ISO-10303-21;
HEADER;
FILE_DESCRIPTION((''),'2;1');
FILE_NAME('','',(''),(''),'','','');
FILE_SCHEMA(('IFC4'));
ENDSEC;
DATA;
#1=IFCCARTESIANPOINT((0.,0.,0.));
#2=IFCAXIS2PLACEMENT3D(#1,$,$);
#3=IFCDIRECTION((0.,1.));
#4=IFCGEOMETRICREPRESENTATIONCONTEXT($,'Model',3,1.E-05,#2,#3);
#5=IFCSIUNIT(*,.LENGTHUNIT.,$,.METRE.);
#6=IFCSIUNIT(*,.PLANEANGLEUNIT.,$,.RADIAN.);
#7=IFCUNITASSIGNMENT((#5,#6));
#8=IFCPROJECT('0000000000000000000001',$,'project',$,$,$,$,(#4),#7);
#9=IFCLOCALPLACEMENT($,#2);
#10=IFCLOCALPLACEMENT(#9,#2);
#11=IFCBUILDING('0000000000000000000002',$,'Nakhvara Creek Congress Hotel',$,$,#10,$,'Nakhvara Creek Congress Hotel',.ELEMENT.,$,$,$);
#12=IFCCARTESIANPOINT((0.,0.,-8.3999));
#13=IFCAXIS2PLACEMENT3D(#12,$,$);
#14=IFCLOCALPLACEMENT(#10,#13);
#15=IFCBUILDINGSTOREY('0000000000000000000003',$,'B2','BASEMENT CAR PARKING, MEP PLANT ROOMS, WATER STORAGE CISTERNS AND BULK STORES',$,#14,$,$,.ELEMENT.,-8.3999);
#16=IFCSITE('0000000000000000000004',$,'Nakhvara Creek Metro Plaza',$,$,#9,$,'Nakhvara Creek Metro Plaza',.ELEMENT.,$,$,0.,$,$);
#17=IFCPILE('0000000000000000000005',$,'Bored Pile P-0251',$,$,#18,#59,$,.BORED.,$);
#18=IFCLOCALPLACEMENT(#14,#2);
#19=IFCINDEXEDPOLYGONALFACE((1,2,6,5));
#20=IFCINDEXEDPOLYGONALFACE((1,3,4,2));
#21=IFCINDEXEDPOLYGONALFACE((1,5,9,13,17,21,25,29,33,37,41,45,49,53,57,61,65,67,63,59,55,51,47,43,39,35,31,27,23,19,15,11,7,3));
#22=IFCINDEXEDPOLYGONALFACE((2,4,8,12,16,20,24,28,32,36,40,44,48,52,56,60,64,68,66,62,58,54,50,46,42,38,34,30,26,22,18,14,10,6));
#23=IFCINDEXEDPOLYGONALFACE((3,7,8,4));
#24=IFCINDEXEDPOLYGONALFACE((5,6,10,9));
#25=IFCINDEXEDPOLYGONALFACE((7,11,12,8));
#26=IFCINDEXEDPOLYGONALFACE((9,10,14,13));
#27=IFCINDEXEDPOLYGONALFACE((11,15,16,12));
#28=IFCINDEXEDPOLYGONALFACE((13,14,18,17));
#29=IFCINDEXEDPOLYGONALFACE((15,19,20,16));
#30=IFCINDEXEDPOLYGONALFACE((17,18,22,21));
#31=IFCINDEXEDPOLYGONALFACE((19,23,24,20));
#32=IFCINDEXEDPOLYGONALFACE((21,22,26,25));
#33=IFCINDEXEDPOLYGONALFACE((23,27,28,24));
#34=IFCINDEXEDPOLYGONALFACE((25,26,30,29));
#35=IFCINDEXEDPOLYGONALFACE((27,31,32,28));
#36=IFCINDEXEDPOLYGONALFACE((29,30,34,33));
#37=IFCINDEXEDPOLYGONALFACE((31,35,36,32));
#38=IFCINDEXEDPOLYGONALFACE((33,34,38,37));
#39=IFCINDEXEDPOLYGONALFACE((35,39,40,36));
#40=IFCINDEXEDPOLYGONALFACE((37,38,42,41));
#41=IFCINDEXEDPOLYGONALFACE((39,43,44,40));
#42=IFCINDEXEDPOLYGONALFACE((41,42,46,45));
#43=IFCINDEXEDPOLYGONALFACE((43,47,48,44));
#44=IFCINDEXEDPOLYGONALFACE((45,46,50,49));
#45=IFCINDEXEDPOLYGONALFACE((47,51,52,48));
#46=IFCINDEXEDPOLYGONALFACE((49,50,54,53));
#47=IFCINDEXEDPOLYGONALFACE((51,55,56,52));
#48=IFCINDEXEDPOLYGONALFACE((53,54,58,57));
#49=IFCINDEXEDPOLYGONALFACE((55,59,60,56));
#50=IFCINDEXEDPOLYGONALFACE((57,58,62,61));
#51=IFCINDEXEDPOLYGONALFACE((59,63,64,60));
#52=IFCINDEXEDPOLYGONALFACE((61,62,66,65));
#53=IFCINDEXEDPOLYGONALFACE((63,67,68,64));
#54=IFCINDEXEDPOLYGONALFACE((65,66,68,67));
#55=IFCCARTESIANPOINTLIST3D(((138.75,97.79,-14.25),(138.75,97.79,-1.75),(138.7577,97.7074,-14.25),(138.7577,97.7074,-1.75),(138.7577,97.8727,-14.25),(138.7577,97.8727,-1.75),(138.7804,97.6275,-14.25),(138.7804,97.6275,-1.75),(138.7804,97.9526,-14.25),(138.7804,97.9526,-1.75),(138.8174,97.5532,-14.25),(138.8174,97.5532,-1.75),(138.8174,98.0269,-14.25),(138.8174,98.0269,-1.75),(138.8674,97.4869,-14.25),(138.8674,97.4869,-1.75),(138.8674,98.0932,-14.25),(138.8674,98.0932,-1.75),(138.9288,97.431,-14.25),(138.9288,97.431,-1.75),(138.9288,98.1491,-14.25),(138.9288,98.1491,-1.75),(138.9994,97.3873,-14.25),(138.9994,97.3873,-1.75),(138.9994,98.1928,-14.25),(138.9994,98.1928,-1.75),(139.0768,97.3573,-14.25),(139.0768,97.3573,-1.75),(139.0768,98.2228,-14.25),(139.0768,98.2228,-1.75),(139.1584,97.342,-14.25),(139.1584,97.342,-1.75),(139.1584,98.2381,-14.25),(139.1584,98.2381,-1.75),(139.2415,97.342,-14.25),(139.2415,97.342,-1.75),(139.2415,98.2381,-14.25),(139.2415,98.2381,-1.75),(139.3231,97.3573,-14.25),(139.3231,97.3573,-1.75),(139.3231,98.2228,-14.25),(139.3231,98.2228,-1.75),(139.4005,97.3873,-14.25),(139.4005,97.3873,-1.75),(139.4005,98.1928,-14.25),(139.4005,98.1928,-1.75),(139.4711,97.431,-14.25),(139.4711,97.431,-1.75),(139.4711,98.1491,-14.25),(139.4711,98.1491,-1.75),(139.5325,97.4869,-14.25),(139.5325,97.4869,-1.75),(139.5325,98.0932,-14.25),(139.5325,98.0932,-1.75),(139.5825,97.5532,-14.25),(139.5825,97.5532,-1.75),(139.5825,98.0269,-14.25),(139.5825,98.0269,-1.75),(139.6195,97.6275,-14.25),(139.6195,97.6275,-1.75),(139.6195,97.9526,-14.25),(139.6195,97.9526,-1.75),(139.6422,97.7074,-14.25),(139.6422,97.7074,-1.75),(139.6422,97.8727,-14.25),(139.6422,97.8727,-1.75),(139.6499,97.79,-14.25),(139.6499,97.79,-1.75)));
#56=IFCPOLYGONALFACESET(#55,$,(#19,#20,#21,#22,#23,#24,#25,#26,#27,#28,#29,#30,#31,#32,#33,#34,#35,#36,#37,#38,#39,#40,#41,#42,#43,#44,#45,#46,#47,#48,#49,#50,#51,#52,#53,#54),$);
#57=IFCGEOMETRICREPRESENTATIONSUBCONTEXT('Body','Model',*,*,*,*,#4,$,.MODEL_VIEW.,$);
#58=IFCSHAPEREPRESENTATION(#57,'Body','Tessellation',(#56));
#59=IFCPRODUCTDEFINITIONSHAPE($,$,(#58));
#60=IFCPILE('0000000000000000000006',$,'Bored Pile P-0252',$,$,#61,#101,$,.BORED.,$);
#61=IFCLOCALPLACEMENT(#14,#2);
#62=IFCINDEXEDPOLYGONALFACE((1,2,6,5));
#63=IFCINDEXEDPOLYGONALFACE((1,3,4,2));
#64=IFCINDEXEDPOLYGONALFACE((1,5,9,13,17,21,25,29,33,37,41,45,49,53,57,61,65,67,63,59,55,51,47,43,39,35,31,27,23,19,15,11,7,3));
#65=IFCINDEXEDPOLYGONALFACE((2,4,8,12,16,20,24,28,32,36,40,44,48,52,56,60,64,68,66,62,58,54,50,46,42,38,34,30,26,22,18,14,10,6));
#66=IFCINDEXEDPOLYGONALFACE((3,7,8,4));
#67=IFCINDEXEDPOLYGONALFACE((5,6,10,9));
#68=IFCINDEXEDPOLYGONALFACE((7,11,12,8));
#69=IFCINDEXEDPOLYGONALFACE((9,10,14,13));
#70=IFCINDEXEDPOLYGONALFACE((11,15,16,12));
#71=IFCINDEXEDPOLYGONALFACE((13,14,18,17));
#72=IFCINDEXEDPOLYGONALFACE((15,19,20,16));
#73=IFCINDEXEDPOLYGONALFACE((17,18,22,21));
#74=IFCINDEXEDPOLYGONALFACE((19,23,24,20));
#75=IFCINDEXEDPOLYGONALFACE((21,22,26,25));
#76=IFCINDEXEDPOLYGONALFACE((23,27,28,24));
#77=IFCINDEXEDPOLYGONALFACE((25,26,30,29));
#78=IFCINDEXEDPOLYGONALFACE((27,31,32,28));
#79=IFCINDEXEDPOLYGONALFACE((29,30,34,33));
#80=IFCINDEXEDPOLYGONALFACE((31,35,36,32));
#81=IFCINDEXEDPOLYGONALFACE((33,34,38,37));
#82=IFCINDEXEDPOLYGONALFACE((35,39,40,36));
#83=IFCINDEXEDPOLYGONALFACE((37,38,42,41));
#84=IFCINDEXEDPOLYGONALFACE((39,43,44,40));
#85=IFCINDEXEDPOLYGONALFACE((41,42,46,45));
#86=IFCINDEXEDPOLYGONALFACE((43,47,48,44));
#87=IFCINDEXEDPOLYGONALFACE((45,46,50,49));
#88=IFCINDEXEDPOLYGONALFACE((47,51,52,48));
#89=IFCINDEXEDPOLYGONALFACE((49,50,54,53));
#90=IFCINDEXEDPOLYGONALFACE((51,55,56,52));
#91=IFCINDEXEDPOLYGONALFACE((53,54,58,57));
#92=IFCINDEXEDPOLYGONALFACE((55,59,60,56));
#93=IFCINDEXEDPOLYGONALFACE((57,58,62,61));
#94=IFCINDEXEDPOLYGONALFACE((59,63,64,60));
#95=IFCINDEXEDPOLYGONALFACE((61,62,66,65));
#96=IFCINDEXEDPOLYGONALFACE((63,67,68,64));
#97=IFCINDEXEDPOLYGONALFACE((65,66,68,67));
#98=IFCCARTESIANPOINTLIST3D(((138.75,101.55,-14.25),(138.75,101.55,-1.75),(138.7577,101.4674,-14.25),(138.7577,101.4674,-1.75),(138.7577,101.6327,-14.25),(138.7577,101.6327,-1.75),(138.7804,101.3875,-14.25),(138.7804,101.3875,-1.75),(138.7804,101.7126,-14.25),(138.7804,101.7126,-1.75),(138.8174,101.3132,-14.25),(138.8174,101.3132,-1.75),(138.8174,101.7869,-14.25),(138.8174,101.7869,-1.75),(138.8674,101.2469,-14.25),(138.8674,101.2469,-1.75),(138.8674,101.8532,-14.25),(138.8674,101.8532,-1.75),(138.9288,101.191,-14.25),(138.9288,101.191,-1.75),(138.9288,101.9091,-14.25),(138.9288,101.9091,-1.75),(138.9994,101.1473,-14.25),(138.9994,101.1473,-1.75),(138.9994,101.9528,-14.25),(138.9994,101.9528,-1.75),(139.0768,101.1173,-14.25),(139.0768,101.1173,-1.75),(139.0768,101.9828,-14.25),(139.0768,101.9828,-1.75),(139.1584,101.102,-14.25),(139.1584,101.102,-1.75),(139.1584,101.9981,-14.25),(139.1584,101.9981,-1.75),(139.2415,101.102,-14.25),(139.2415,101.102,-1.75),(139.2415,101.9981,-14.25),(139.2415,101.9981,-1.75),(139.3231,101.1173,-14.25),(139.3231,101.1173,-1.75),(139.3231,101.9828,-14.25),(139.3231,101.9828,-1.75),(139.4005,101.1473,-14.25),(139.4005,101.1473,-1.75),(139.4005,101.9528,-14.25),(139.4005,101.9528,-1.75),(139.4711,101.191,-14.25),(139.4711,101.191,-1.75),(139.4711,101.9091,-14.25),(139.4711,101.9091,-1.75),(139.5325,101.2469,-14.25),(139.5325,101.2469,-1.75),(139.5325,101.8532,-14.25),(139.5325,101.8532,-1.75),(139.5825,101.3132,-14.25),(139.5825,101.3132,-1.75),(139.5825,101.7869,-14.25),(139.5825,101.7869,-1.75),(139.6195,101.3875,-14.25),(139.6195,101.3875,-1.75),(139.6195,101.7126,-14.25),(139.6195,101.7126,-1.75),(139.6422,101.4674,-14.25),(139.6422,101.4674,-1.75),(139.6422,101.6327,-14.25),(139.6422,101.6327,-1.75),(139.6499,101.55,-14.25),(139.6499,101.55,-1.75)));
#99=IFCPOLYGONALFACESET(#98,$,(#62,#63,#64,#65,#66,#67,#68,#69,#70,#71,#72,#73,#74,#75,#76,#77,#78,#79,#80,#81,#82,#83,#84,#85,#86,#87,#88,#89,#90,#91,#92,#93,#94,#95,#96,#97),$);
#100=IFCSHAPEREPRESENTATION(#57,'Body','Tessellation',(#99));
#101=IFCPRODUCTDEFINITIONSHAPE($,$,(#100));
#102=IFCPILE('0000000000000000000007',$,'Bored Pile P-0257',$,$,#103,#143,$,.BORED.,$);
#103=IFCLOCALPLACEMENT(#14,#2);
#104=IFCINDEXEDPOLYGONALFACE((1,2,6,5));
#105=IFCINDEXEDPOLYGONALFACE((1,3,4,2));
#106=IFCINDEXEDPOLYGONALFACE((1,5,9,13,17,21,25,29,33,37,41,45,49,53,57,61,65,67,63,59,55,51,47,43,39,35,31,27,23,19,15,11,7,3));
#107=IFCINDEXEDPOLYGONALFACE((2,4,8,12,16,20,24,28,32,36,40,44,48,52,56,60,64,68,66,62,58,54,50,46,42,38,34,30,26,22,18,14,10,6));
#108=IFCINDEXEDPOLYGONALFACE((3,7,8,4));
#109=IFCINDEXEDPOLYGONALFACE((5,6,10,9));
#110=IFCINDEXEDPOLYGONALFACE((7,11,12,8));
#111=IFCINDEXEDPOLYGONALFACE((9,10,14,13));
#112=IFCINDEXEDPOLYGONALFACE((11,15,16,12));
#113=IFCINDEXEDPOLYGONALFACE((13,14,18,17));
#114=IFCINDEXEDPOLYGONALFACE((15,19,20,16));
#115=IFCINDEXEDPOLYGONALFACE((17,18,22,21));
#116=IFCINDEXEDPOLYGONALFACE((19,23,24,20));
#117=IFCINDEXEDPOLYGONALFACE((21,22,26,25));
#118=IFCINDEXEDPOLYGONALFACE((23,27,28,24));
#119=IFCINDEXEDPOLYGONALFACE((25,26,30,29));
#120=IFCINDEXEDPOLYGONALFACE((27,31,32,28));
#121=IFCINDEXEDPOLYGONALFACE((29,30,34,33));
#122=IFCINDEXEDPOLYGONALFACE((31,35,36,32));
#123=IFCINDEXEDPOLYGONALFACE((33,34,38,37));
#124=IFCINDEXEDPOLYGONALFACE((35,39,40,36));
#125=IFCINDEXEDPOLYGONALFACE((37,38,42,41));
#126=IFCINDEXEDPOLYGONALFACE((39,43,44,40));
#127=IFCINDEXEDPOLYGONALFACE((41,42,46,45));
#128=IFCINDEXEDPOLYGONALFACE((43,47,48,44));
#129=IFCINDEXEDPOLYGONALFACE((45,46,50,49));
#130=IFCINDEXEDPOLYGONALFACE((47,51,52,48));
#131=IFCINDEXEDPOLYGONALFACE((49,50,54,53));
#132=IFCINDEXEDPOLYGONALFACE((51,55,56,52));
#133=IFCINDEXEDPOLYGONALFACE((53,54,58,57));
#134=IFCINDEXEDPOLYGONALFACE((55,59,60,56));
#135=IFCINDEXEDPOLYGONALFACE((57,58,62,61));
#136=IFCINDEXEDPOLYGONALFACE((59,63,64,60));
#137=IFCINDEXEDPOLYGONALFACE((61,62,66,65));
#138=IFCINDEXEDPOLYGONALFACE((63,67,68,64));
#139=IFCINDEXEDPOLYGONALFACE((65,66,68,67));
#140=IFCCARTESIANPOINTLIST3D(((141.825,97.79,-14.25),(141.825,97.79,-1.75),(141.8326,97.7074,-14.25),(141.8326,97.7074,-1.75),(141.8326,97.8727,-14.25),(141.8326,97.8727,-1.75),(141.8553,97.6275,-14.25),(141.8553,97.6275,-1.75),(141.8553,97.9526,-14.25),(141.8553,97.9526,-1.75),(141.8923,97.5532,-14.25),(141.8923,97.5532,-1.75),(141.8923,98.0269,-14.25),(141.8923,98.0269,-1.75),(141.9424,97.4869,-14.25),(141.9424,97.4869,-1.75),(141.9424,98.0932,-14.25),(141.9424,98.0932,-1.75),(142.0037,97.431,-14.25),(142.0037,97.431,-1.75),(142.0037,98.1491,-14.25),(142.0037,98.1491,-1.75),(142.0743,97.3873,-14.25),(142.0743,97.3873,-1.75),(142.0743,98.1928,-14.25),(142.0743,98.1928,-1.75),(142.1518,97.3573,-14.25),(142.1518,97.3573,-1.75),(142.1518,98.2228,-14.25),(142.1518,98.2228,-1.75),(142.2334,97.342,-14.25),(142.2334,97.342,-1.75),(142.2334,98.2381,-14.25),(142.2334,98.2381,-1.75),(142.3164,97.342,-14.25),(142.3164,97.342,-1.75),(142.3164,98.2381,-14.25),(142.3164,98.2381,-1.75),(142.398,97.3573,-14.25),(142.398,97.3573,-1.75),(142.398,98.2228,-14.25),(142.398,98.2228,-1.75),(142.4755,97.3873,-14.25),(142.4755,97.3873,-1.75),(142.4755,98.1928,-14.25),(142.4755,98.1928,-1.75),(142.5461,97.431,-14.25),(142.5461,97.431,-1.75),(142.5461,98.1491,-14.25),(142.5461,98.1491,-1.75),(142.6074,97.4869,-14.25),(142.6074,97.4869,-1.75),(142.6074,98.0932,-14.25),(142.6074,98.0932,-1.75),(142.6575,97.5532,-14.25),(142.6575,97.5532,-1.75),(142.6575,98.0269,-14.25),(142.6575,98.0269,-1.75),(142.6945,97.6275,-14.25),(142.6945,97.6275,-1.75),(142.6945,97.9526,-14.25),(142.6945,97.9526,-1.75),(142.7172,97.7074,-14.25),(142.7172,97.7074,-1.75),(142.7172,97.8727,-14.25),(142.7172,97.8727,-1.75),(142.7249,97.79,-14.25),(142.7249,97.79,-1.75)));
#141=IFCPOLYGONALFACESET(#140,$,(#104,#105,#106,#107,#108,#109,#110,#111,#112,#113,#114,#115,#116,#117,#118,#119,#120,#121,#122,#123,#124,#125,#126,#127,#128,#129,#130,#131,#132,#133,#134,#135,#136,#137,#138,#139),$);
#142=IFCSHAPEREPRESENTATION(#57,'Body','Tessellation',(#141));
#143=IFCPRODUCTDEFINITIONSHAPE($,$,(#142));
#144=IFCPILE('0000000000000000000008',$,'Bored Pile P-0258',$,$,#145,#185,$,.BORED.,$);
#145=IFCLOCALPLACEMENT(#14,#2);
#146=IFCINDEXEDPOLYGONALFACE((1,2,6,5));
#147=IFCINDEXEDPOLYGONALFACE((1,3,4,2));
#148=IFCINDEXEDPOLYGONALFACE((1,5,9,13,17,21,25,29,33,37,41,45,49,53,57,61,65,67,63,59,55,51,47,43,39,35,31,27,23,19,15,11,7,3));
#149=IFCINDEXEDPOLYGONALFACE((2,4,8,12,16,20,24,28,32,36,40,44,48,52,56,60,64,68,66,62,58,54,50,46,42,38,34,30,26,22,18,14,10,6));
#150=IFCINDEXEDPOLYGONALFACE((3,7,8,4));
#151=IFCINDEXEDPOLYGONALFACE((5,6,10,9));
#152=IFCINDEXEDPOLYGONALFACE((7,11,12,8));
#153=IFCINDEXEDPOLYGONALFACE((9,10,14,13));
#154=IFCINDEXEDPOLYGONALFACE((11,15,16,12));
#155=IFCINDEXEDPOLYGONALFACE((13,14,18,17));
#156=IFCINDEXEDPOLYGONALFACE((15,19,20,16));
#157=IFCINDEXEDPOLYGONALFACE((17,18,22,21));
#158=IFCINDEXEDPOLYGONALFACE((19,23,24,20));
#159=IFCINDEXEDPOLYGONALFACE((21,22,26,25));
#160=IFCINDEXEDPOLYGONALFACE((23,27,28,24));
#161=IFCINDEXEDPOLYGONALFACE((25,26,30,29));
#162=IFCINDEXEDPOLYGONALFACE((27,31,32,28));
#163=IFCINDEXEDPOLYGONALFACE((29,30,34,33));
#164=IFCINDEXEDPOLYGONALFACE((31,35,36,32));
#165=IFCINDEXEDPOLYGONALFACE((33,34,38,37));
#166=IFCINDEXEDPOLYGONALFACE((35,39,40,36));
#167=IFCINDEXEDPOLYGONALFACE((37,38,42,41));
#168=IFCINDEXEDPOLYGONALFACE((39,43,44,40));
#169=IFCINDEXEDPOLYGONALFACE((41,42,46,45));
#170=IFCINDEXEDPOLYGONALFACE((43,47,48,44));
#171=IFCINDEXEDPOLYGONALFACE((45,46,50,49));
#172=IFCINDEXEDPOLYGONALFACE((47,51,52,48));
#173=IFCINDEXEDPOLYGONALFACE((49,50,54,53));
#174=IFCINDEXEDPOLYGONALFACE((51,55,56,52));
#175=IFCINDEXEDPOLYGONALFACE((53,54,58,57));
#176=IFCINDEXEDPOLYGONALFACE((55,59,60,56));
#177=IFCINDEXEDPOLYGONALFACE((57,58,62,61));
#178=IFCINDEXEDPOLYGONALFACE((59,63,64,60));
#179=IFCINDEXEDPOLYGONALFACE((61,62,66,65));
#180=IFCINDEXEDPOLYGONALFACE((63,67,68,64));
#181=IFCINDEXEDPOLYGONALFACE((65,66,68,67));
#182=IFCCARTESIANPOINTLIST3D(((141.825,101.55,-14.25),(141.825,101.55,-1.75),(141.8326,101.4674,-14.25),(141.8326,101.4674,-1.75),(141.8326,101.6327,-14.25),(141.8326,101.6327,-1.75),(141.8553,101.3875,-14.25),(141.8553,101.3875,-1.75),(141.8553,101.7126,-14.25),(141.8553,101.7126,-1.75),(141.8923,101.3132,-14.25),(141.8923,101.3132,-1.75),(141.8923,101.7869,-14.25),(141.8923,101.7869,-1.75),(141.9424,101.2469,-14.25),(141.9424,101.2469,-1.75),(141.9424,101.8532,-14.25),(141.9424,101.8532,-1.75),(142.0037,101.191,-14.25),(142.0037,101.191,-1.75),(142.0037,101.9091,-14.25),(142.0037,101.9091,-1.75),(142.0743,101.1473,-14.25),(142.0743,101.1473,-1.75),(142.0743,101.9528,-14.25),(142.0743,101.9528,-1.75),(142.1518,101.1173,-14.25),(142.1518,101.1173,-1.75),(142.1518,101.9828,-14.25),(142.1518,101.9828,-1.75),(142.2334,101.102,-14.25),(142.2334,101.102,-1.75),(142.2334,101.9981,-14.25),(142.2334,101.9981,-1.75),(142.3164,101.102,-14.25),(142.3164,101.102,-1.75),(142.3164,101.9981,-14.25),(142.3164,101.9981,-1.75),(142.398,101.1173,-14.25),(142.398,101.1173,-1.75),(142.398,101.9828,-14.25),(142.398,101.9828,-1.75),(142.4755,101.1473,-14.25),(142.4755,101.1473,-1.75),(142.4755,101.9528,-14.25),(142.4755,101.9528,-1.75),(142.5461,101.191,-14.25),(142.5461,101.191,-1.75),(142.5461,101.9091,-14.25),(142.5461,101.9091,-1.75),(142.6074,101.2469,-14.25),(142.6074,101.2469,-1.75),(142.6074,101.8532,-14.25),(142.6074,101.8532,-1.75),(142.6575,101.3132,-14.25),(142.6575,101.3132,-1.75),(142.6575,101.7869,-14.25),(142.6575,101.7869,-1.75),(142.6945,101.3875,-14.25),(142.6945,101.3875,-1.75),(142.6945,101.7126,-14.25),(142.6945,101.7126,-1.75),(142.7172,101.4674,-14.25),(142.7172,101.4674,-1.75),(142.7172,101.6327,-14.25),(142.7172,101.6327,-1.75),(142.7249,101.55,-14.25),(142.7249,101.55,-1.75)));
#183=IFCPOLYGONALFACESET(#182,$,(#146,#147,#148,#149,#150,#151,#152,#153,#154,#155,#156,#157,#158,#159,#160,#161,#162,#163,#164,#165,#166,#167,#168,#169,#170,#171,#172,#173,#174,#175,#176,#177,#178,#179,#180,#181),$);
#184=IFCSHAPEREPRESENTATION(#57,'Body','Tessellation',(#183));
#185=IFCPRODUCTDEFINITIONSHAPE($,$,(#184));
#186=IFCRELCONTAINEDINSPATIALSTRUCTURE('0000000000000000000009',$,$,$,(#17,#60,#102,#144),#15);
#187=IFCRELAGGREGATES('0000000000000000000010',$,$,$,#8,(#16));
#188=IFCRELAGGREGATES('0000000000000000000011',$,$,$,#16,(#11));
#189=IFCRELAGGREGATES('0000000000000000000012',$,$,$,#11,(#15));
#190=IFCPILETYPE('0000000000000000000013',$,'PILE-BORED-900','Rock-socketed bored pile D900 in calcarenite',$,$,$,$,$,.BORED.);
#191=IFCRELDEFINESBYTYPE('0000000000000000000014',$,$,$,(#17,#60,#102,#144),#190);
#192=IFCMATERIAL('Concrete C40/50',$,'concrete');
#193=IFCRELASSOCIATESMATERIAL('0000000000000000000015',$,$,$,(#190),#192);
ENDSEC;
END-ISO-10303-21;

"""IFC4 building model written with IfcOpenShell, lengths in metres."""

from ifc_helpers import new_model, si_unit, direction, frame, origin, origin_2d, place, context, subcontext, project, spatial, circle, extrude, material, material_profile, profile_set, type_object, element, save


model = new_model("IFC4")

# Units and contexts
model_context = context("Model", 3, precision=1e-05, world=origin(), true_north=direction((0.0, 1.0)))
body_context = subcontext(model_context, "Body", "Model", "MODEL_VIEW")
ifc_project = project(units=[si_unit("LENGTHUNIT", "METRE"), si_unit("PLANEANGLEUNIT", "RADIAN")], contexts=[model_context])

# Site, building, storey
site_placement = place(None, origin())
site = spatial("IfcSite", under=ifc_project, at=site_placement, Name="Nakhvara Creek Metro Plaza", LongName="Nakhvara Creek Metro Plaza", CompositionType="ELEMENT", RefElevation=0.0)
building_placement = place(site_placement, origin())
building = spatial("IfcBuilding", under=site, at=building_placement, Name="Nakhvara Creek Congress Hotel", LongName="Nakhvara Creek Congress Hotel", CompositionType="ELEMENT")
storey_placement = place(building_placement, frame((0.0, 0.0, -8.3999)))
storey = spatial("IfcBuildingStorey", under=building, at=storey_placement, Name="B2", Description="BASEMENT CAR PARKING, MEP PLANT ROOMS, WATER STORAGE CISTERNS AND BULK STORES", CompositionType="ELEMENT", Elevation=-8.3999)

# Shared definitions
ifc_material_1 = material(Name="Concrete C40/50", Category="concrete")

# Piles
ifc_material_profile_1 = material_profile(ifc_material_1, circle(Radius=0.45, at=origin_2d()), Name="BORED PILE D900", Category="LoadBearing")
ifc_profile_set_1 = profile_set([ifc_material_profile_1], Name="Concrete C40/50")
pile_type_1 = type_object("IfcPileType", Name="PILE-BORED-900", Description="Rock-socketed bored pile D900 in calcarenite", PredefinedType="BORED", material=ifc_profile_set_1)
for number, where, z_axis, x_axis, name in (
    (1, (139.2, 97.79, -1.75), (0.0, 0.0, -1.0), (1.0, 0.0, 0.0), "Bored Pile P-0251"),
    (2, (139.2, 101.55, -1.75), (0.0, 0.0, -1.0), (1.0, 0.0, 0.0), "Bored Pile P-0252"),
    (3, (142.2749, 97.79, -1.75), (0.0, 0.0, -1.0), (1.0, 0.0, 0.0), "Bored Pile P-0257"),
    (4, (142.2749, 101.55, -1.75), (0.0, 0.0, -1.0), (1.0, 0.0, 0.0), "Bored Pile P-0258"),
):
    element("IfcPile", number, at=place(storey_placement, frame(where, z_axis=z_axis, x_axis=x_axis)), inside=storey, type_object=pile_type_1, Name=name, PredefinedType="BORED", context=body_context, shape_type="SweptSolid", body=[
        extrude(circle(Radius=0.45, at=origin_2d()), origin(), (0.0, 0.0, 1.0), 12.5),
    ])

save(model, "model.ifc")
